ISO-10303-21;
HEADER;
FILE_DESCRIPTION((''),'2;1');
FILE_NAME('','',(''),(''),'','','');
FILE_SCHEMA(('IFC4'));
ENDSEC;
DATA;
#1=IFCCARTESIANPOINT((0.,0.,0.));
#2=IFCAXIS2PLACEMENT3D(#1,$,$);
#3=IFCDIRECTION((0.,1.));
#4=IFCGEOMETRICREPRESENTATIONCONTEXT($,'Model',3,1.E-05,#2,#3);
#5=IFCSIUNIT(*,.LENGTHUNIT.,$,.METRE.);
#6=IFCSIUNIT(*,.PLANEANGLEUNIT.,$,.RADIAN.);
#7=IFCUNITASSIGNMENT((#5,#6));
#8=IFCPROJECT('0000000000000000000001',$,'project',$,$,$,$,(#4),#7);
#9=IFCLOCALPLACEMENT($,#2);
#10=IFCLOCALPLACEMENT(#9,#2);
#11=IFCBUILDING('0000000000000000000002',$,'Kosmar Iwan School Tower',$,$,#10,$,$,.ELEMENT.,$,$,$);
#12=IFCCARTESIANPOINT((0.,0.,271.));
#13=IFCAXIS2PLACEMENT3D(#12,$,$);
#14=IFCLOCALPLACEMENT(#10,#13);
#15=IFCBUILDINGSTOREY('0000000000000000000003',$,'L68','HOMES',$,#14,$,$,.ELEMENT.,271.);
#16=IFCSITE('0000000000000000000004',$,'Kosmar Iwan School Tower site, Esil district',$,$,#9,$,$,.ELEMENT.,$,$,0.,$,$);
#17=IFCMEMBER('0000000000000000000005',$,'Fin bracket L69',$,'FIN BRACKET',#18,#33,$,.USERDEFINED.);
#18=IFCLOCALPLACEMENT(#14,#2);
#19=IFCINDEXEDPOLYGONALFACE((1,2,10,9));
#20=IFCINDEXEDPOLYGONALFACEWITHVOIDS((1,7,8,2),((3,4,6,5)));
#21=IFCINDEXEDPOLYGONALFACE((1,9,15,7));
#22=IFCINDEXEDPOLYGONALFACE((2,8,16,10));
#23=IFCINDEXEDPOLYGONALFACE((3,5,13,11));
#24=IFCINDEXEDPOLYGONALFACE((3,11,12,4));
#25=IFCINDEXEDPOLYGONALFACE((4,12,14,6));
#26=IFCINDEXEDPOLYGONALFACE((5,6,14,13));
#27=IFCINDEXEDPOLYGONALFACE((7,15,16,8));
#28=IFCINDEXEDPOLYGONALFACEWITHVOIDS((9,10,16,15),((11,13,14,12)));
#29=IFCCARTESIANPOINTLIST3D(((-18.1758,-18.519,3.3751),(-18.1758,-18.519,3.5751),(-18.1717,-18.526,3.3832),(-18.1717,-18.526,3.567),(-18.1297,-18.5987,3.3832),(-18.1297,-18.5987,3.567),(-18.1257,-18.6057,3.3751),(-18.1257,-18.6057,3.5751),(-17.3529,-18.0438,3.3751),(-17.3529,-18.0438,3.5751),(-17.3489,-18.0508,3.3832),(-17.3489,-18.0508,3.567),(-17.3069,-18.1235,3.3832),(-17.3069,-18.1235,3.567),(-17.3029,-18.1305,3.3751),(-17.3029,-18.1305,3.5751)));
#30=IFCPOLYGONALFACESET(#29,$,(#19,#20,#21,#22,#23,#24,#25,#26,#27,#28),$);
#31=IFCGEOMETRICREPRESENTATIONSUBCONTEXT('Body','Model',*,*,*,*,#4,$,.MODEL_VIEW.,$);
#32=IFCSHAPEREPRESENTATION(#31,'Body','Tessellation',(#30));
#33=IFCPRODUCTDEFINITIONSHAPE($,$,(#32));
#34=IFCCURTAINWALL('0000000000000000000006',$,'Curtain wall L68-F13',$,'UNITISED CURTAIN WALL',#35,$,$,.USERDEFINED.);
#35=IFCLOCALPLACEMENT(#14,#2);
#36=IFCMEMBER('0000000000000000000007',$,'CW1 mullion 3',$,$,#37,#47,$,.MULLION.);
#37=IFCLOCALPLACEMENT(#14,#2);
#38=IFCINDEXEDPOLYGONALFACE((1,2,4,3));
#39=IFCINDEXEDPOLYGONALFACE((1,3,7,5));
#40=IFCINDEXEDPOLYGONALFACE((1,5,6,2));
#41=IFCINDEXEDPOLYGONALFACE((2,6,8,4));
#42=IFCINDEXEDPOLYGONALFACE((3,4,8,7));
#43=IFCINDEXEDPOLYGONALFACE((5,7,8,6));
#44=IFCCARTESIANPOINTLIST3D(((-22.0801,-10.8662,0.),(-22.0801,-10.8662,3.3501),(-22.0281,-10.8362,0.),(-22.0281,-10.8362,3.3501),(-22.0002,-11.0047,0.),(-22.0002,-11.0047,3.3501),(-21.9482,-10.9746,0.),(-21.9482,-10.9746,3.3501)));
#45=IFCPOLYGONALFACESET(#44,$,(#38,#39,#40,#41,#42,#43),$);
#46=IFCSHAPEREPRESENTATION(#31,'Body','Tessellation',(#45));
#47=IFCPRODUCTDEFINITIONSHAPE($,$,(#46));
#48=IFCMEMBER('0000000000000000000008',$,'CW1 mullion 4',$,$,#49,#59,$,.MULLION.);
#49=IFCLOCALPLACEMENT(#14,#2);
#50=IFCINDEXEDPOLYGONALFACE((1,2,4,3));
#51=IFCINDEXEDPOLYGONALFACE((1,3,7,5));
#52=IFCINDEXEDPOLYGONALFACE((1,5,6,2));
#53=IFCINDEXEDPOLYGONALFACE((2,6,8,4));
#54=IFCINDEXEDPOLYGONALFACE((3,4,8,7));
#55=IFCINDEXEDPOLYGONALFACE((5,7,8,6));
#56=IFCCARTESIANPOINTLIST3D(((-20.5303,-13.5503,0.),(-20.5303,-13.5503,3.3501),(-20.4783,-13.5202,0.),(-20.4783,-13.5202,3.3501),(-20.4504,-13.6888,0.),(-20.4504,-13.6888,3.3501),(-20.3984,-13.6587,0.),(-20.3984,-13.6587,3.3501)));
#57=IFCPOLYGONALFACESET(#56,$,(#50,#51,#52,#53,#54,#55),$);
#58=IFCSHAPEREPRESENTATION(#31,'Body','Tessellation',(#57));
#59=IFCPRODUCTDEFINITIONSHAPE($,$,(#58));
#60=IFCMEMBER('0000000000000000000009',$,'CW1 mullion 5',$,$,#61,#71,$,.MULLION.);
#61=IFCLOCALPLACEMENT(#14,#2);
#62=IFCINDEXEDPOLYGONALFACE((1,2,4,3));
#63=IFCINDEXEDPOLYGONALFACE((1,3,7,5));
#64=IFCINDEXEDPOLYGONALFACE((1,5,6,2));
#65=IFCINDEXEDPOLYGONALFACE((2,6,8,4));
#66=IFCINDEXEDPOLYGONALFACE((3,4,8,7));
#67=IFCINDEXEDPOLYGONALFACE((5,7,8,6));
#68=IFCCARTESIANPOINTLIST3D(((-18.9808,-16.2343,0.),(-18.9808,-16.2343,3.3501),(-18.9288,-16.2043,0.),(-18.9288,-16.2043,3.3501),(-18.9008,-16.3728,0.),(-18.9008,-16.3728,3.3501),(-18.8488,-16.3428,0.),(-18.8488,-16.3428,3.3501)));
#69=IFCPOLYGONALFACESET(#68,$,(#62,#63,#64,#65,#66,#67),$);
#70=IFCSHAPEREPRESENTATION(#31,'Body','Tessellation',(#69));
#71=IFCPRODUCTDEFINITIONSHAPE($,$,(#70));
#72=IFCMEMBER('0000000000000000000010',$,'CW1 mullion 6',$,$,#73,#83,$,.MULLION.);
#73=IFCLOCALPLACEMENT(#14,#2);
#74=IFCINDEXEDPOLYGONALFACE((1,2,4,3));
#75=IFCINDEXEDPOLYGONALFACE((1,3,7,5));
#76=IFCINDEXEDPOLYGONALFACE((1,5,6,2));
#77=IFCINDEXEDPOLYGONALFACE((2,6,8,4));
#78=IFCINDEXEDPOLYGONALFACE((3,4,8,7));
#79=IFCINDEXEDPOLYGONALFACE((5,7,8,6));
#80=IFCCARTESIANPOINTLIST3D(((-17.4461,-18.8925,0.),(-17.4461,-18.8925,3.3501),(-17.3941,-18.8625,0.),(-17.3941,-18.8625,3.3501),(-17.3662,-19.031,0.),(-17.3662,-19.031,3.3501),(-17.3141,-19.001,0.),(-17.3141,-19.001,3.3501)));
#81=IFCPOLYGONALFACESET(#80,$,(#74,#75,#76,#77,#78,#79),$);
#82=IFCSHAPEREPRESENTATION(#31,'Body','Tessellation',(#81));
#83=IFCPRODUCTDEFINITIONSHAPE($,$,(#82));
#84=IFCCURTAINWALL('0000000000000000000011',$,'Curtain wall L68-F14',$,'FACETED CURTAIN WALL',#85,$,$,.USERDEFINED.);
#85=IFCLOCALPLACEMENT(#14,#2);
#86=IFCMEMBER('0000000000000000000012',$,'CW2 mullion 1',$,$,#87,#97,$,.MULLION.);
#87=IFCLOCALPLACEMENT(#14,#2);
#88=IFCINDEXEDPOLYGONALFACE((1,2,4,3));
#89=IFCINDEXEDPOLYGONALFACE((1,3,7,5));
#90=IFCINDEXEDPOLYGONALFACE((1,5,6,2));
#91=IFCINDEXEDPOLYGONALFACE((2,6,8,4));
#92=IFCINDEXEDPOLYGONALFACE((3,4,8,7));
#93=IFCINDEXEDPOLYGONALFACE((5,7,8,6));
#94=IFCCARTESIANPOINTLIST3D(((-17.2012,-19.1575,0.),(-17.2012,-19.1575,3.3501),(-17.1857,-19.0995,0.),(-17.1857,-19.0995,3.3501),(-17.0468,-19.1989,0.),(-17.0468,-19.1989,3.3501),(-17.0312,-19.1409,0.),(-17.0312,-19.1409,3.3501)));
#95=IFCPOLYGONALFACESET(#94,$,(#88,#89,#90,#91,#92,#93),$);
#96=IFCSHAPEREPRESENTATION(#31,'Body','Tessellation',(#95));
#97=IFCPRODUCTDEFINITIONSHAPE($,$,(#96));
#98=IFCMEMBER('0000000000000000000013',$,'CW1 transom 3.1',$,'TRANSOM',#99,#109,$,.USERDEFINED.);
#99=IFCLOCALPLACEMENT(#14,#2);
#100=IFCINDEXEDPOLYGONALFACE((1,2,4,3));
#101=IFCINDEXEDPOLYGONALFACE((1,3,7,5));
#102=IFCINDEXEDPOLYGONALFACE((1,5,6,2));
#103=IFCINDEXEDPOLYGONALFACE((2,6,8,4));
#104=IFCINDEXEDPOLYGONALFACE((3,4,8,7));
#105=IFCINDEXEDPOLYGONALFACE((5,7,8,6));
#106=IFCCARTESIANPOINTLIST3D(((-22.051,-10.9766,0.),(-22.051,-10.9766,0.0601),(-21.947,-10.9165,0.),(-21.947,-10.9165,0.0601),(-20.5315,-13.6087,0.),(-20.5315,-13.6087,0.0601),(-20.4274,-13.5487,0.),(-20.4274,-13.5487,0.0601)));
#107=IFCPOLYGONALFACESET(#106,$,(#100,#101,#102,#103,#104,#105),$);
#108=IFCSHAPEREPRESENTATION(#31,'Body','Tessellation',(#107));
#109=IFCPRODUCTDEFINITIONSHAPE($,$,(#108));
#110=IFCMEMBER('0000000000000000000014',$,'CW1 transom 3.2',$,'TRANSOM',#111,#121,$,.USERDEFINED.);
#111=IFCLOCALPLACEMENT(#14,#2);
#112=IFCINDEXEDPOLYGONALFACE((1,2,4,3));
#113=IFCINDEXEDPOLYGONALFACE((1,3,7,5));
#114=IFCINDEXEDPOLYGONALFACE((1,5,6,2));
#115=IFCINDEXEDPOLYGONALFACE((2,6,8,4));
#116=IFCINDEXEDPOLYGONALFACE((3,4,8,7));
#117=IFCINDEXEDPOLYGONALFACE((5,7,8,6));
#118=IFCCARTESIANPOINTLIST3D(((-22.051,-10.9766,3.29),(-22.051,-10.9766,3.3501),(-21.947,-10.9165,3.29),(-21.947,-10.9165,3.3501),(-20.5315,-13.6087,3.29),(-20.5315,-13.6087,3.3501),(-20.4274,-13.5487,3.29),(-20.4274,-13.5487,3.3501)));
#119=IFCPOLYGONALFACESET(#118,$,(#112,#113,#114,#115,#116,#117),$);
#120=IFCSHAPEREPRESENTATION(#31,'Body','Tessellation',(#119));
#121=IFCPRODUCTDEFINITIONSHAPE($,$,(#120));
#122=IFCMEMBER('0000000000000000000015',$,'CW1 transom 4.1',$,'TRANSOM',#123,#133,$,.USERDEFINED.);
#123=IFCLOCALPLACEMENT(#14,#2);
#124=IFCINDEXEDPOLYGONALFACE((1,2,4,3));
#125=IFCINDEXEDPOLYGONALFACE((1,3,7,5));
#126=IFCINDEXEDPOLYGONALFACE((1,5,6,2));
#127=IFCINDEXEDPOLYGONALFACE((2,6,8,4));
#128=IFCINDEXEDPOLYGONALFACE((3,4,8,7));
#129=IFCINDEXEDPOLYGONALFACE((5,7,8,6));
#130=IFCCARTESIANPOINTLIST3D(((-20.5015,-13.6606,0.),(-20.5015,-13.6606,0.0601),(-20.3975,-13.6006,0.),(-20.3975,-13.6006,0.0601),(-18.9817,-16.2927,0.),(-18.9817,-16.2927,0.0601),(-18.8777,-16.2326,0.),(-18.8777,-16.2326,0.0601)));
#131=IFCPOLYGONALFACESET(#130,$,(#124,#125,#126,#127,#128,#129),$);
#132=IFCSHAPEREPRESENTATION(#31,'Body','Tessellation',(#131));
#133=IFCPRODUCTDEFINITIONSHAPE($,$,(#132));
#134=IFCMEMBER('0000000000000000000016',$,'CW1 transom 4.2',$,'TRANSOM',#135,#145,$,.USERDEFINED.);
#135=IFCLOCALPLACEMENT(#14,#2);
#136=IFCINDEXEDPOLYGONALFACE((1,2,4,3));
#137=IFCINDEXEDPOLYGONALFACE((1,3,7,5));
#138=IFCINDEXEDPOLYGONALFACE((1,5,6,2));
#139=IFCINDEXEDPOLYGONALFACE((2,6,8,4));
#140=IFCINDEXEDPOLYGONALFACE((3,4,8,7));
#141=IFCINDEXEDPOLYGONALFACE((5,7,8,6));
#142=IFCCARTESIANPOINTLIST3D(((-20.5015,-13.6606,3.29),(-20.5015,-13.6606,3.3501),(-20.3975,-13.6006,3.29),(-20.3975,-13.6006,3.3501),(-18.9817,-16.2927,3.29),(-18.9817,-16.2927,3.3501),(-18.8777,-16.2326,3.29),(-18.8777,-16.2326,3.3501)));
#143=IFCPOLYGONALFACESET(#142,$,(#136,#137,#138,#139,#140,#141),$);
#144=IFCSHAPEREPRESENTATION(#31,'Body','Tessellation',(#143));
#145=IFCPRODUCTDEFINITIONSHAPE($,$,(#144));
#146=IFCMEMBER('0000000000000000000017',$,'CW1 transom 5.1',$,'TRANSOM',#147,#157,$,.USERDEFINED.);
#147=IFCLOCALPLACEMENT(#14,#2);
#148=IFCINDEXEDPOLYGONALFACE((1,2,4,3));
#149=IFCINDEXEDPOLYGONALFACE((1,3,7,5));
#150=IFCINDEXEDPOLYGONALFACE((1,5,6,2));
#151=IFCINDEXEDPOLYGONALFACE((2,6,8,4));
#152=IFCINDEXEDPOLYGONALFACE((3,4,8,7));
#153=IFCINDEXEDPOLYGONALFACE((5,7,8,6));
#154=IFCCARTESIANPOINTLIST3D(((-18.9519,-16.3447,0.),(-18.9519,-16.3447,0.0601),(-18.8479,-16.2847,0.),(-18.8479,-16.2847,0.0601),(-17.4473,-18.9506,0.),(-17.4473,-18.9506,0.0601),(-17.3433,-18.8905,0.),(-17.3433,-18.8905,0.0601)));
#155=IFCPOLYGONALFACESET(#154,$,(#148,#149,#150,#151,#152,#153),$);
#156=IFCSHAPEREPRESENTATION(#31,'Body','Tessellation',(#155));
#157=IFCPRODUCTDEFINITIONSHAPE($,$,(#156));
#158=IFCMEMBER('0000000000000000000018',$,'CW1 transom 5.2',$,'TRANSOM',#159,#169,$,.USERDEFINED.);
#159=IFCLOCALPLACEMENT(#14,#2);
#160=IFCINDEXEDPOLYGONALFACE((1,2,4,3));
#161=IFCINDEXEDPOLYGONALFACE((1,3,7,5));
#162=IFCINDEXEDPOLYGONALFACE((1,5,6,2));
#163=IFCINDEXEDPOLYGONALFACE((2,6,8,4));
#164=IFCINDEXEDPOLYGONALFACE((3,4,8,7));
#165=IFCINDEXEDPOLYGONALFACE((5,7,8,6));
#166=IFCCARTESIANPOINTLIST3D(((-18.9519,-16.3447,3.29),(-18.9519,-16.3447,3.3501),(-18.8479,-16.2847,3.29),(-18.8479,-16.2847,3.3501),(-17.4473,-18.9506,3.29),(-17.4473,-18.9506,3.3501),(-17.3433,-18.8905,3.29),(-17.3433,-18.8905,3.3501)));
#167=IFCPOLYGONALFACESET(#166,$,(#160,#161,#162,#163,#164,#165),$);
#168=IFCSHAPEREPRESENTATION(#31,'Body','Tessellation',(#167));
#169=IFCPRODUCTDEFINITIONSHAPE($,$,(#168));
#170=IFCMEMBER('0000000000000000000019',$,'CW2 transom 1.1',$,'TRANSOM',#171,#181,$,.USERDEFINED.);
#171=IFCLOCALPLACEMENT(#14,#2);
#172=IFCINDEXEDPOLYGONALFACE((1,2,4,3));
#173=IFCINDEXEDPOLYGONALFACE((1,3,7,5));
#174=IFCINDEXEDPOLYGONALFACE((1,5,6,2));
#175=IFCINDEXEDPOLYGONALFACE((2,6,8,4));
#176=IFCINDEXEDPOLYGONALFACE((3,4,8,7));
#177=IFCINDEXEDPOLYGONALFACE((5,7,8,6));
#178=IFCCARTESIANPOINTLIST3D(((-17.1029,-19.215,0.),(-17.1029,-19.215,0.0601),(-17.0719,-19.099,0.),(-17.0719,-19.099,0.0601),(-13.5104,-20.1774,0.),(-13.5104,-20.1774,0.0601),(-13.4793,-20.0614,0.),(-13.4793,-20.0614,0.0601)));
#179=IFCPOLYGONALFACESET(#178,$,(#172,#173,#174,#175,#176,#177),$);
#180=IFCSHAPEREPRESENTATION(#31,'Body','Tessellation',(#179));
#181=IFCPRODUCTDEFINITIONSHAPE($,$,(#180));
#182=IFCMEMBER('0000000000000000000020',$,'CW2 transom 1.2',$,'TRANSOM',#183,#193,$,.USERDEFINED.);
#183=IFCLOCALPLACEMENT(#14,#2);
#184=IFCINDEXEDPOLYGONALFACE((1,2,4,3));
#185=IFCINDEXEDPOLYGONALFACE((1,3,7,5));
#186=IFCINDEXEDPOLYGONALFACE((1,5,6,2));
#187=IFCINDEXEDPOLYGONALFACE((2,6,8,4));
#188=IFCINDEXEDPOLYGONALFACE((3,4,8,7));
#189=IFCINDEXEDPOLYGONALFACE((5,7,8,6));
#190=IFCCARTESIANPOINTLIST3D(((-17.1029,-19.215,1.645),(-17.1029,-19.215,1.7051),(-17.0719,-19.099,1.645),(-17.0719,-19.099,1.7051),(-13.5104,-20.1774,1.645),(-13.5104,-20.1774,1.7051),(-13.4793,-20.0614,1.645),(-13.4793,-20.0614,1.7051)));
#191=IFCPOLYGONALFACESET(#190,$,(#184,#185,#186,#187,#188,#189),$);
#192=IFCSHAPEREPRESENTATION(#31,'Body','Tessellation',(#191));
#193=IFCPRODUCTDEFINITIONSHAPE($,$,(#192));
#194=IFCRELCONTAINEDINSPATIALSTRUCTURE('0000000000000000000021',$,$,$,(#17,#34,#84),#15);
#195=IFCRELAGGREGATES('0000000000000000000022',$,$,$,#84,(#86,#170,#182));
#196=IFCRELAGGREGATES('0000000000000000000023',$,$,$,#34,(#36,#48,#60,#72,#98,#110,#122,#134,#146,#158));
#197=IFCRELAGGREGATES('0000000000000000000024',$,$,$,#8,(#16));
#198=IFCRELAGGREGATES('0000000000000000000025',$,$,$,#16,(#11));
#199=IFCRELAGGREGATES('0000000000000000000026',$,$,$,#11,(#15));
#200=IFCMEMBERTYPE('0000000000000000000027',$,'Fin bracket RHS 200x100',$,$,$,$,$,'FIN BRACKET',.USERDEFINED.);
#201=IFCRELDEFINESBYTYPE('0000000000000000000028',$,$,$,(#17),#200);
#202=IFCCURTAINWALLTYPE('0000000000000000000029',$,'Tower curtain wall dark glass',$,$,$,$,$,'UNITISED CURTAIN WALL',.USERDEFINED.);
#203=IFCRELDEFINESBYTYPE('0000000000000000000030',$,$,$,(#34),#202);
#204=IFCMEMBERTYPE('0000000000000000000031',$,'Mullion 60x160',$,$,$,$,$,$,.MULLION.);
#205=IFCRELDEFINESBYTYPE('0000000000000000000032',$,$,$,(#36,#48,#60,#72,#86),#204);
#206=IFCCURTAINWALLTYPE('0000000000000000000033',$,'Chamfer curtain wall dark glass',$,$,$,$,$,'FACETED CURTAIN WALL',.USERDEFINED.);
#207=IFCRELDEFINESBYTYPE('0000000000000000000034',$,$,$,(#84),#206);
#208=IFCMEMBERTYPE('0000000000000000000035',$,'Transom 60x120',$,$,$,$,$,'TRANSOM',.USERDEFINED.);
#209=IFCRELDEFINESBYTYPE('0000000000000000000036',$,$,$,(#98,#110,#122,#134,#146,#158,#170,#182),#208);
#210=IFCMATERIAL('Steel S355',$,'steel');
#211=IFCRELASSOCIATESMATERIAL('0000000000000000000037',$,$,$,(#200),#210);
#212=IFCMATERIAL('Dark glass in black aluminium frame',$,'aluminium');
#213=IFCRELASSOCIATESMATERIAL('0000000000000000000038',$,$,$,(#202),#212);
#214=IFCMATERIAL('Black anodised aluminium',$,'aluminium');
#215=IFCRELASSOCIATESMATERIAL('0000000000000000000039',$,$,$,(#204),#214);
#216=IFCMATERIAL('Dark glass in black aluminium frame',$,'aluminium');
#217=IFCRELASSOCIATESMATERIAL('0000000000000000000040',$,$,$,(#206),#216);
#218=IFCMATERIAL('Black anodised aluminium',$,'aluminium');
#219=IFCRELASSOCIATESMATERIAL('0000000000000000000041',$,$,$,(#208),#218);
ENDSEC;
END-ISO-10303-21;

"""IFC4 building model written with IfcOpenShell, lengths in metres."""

from ifc_helpers import new_model, si_unit, direction, frame, origin, origin_2d, place, context, subcontext, project, spatial, rectangle, hollow_rectangle, extrude, material, material_profile, profile_set, type_object, element, aggregate, save


model = new_model("IFC4")

# Units and contexts
model_context = context("Model", 3, precision=1e-05, world=origin(), true_north=direction((0.0, 1.0)))
body_context = subcontext(model_context, "Body", "Model", "MODEL_VIEW")
ifc_project = project(units=[si_unit("LENGTHUNIT", "METRE"), si_unit("PLANEANGLEUNIT", "RADIAN")], contexts=[model_context])

# Site, building, storey
site_placement = place(None, origin())
site = spatial("IfcSite", under=ifc_project, at=site_placement, Name="Kosmar Iwan School Tower site, Esil district", CompositionType="ELEMENT", RefElevation=0.0)
building_placement = place(site_placement, origin())
building = spatial("IfcBuilding", under=site, at=building_placement, Name="Kosmar Iwan School Tower", CompositionType="ELEMENT")
storey_placement = place(building_placement, frame((0.0, 0.0, 271.0)))
storey = spatial("IfcBuildingStorey", under=building, at=storey_placement, Name="L68", Description="HOMES", CompositionType="ELEMENT", Elevation=271.0)

# Member
ifc_material_1 = material(Name="Steel S355", Category="steel")
ifc_material_profile_1 = material_profile(ifc_material_1, hollow_rectangle(XDim=0.1001, YDim=0.2, WallThickness=0.0081, at=origin_2d()), Name="RHS 200x100x8")
ifc_profile_set_1 = profile_set([ifc_material_profile_1], Name="Steel S355")
member_type_1 = type_object("IfcMemberType", Name="Fin bracket RHS 200x100", ElementType="FIN BRACKET", PredefinedType="USERDEFINED", material=ifc_profile_set_1)
member_1_placement = place(storey_placement, frame((-17.3279, -18.0872, 3.4751), z_axis=(-0.865989, -0.500064, 0.0), x_axis=(0.500064, -0.865989, 0.0)))
element("IfcMember", 1, at=member_1_placement, inside=storey, type_object=member_type_1, Name="Fin bracket L69", ObjectType="FIN BRACKET", PredefinedType="USERDEFINED", context=body_context, shape_type="SweptSolid", body=[
    extrude(hollow_rectangle(XDim=0.1001, YDim=0.2, WallThickness=0.0081, at=origin_2d()), origin(), (0.0, 0.0, 1.0), 0.9502),
])

# Curtain wall, members
ifc_material_2 = material(Name="Dark glass in black aluminium frame", Category="aluminium")
curtain_wall_type_1 = type_object("IfcCurtainWallType", Name="Tower curtain wall dark glass", ElementType="UNITISED CURTAIN WALL", PredefinedType="USERDEFINED", material=ifc_material_2)
curtain_wall_1_placement = place(storey_placement, origin())
curtain_wall_1 = element("IfcCurtainWall", 2, at=curtain_wall_1_placement, inside=storey, type_object=curtain_wall_type_1, Name="Curtain wall L68-F13", ObjectType="UNITISED CURTAIN WALL", PredefinedType="USERDEFINED")
ifc_material_3 = material(Name="Black anodised aluminium", Category="aluminium")
ifc_material_profile_2 = material_profile(ifc_material_3, rectangle(XDim=0.0601, YDim=0.1599, at=origin_2d()), Name="MULLION 60x160")
ifc_profile_set_2 = profile_set([ifc_material_profile_2], Name="Black anodised aluminium")
member_type_2 = type_object("IfcMemberType", Name="Mullion 60x160", PredefinedType="MULLION", material=ifc_profile_set_2)
member_2_placement = place(storey_placement, frame((-22.0142, -10.9204, 0.0), z_axis=(0.0, 0.0, 1.0), x_axis=(0.866025, 0.5, 0.0)))
member_2 = element("IfcMember", 3, at=member_2_placement, type_object=member_type_2, Name="CW1 mullion 3", PredefinedType="MULLION", context=body_context, shape_type="SweptSolid", body=[
    extrude(rectangle(XDim=0.0601, YDim=0.1599, at=origin_2d()), origin(), (0.0, 0.0, 1.0), 3.3501),
])
member_3_placement = place(storey_placement, frame((-20.4644, -13.6045, 0.0), z_axis=(0.0, 0.0, 1.0), x_axis=(0.866025, 0.5, 0.0)))
member_3 = element("IfcMember", 4, at=member_3_placement, type_object=member_type_2, Name="CW1 mullion 4", PredefinedType="MULLION", context=body_context, shape_type="SweptSolid", body=[
    extrude(rectangle(XDim=0.0601, YDim=0.1599, at=origin_2d()), origin(), (0.0, 0.0, 1.0), 3.3501),
])
member_4_placement = place(storey_placement, frame((-18.9148, -16.2886, 0.0), z_axis=(0.0, 0.0, 1.0), x_axis=(0.866025, 0.5, 0.0)))
member_4 = element("IfcMember", 5, at=member_4_placement, type_object=member_type_2, Name="CW1 mullion 5", PredefinedType="MULLION", context=body_context, shape_type="SweptSolid", body=[
    extrude(rectangle(XDim=0.0601, YDim=0.1599, at=origin_2d()), origin(), (0.0, 0.0, 1.0), 3.3501),
])
member_5_placement = place(storey_placement, frame((-17.3801, -18.9468, 0.0), z_axis=(0.0, 0.0, 1.0), x_axis=(0.866025, 0.5, 0.0)))
member_5 = element("IfcMember", 6, at=member_5_placement, type_object=member_type_2, Name="CW1 mullion 6", PredefinedType="MULLION", context=body_context, shape_type="SweptSolid", body=[
    extrude(rectangle(XDim=0.0601, YDim=0.1599, at=origin_2d()), origin(), (0.0, 0.0, 1.0), 3.3501),
])

# Curtain wall, member
ifc_material_4 = material(Name="Dark glass in black aluminium frame", Category="aluminium")
curtain_wall_type_2 = type_object("IfcCurtainWallType", Name="Chamfer curtain wall dark glass", ElementType="FACETED CURTAIN WALL", PredefinedType="USERDEFINED", material=ifc_material_4)
curtain_wall_2_placement = place(storey_placement, origin())
curtain_wall_2 = element("IfcCurtainWall", 7, at=curtain_wall_2_placement, inside=storey, type_object=curtain_wall_type_2, Name="Curtain wall L68-F14", ObjectType="FACETED CURTAIN WALL", PredefinedType="USERDEFINED")
member_6_placement = place(storey_placement, frame((-17.1162, -19.1492, 0.0), z_axis=(0.0, 0.0, 1.0), x_axis=(0.258819, 0.965926, 0.0)))
member_6 = element("IfcMember", 8, at=member_6_placement, type_object=member_type_2, Name="CW2 mullion 1", PredefinedType="MULLION", context=body_context, shape_type="SweptSolid", body=[
    extrude(rectangle(XDim=0.0601, YDim=0.1599, at=origin_2d()), origin(), (0.0, 0.0, 1.0), 3.3501),
])

# Members
ifc_material_5 = material(Name="Black anodised aluminium", Category="aluminium")
ifc_material_profile_3 = material_profile(ifc_material_5, rectangle(XDim=0.1201, YDim=0.0601, at=origin_2d()), Name="TRANSOM 60x120")
ifc_profile_set_3 = profile_set([ifc_material_profile_3], Name="Black anodised aluminium")
member_type_3 = type_object("IfcMemberType", Name="Transom 60x120", ElementType="TRANSOM", PredefinedType="USERDEFINED", material=ifc_profile_set_3)
member_7_placement = place(storey_placement, frame((-21.999, -10.9465, 0.03), z_axis=(0.499975, -0.86604, 0.0), x_axis=(0.86604, 0.499975, 0.0)))
member_7 = element("IfcMember", 9, at=member_7_placement, type_object=member_type_3, Name="CW1 transom 3.1", ObjectType="TRANSOM", PredefinedType="USERDEFINED", context=body_context, shape_type="SweptSolid", body=[
    extrude(rectangle(XDim=0.1201, YDim=0.0601, at=origin_2d()), origin(), (0.0, 0.0, 1.0), 3.0393),
])
member_8_placement = place(storey_placement, frame((-21.999, -10.9465, 3.3201), z_axis=(0.499975, -0.86604, 0.0), x_axis=(0.86604, 0.499975, 0.0)))
member_8 = element("IfcMember", 10, at=member_8_placement, type_object=member_type_3, Name="CW1 transom 3.2", ObjectType="TRANSOM", PredefinedType="USERDEFINED", context=body_context, shape_type="SweptSolid", body=[
    extrude(rectangle(XDim=0.1201, YDim=0.0601, at=origin_2d()), origin(), (0.0, 0.0, 1.0), 3.0393),
])
member_9_placement = place(storey_placement, frame((-20.4495, -13.6306, 0.03), z_axis=(0.500035, -0.866005, 0.0), x_axis=(0.866005, 0.500035, 0.0)))
member_9 = element("IfcMember", 11, at=member_9_placement, type_object=member_type_3, Name="CW1 transom 4.1", ObjectType="TRANSOM", PredefinedType="USERDEFINED", context=body_context, shape_type="SweptSolid", body=[
    extrude(rectangle(XDim=0.1201, YDim=0.0601, at=origin_2d()), origin(), (0.0, 0.0, 1.0), 3.0393),
])
member_10_placement = place(storey_placement, frame((-20.4495, -13.6306, 3.3201), z_axis=(0.500035, -0.866005, 0.0), x_axis=(0.866005, 0.500035, 0.0)))
member_10 = element("IfcMember", 12, at=member_10_placement, type_object=member_type_3, Name="CW1 transom 4.2", ObjectType="TRANSOM", PredefinedType="USERDEFINED", context=body_context, shape_type="SweptSolid", body=[
    extrude(rectangle(XDim=0.1201, YDim=0.0601, at=origin_2d()), origin(), (0.0, 0.0, 1.0), 3.0393),
])
member_11_placement = place(storey_placement, frame((-18.8999, -16.3147, 0.03), z_axis=(0.500022, -0.866013, 0.0), x_axis=(0.866013, 0.500022, 0.0)))
member_11 = element("IfcMember", 13, at=member_11_placement, type_object=member_type_3, Name="CW1 transom 5.1", ObjectType="TRANSOM", PredefinedType="USERDEFINED", context=body_context, shape_type="SweptSolid", body=[
    extrude(rectangle(XDim=0.1201, YDim=0.0601, at=origin_2d()), origin(), (0.0, 0.0, 1.0), 3.009),
])
member_12_placement = place(storey_placement, frame((-18.8999, -16.3147, 3.3201), z_axis=(0.500022, -0.866013, 0.0), x_axis=(0.866013, 0.500022, 0.0)))
member_12 = element("IfcMember", 14, at=member_12_placement, type_object=member_type_3, Name="CW1 transom 5.2", ObjectType="TRANSOM", PredefinedType="USERDEFINED", context=body_context, shape_type="SweptSolid", body=[
    extrude(rectangle(XDim=0.1201, YDim=0.0601, at=origin_2d()), origin(), (0.0, 0.0, 1.0), 3.009),
])
member_13_placement = place(storey_placement, frame((-17.0874, -19.157, 0.03), z_axis=(0.96594, -0.258766, 0.0), x_axis=(0.258766, 0.96594, 0.0)))
member_13 = element("IfcMember", 15, at=member_13_placement, type_object=member_type_3, Name="CW2 transom 1.1", ObjectType="TRANSOM", PredefinedType="USERDEFINED", context=body_context, shape_type="SweptSolid", body=[
    extrude(rectangle(XDim=0.1201, YDim=0.0601, at=origin_2d()), origin(), (0.0, 0.0, 1.0), 3.7192),
])
member_14_placement = place(storey_placement, frame((-17.0874, -19.157, 1.675), z_axis=(0.96594, -0.258766, 0.0), x_axis=(0.258766, 0.96594, 0.0)))
member_14 = element("IfcMember", 16, at=member_14_placement, type_object=member_type_3, Name="CW2 transom 1.2", ObjectType="TRANSOM", PredefinedType="USERDEFINED", context=body_context, shape_type="SweptSolid", body=[
    extrude(rectangle(XDim=0.1201, YDim=0.0601, at=origin_2d()), origin(), (0.0, 0.0, 1.0), 3.7192),
])
aggregate(curtain_wall_2, [member_6, member_13, member_14])

aggregate(curtain_wall_1, [member_2, member_3, member_4, member_5, member_7, member_8, member_9, member_10, member_11, member_12])

save(model, "model.ifc")
